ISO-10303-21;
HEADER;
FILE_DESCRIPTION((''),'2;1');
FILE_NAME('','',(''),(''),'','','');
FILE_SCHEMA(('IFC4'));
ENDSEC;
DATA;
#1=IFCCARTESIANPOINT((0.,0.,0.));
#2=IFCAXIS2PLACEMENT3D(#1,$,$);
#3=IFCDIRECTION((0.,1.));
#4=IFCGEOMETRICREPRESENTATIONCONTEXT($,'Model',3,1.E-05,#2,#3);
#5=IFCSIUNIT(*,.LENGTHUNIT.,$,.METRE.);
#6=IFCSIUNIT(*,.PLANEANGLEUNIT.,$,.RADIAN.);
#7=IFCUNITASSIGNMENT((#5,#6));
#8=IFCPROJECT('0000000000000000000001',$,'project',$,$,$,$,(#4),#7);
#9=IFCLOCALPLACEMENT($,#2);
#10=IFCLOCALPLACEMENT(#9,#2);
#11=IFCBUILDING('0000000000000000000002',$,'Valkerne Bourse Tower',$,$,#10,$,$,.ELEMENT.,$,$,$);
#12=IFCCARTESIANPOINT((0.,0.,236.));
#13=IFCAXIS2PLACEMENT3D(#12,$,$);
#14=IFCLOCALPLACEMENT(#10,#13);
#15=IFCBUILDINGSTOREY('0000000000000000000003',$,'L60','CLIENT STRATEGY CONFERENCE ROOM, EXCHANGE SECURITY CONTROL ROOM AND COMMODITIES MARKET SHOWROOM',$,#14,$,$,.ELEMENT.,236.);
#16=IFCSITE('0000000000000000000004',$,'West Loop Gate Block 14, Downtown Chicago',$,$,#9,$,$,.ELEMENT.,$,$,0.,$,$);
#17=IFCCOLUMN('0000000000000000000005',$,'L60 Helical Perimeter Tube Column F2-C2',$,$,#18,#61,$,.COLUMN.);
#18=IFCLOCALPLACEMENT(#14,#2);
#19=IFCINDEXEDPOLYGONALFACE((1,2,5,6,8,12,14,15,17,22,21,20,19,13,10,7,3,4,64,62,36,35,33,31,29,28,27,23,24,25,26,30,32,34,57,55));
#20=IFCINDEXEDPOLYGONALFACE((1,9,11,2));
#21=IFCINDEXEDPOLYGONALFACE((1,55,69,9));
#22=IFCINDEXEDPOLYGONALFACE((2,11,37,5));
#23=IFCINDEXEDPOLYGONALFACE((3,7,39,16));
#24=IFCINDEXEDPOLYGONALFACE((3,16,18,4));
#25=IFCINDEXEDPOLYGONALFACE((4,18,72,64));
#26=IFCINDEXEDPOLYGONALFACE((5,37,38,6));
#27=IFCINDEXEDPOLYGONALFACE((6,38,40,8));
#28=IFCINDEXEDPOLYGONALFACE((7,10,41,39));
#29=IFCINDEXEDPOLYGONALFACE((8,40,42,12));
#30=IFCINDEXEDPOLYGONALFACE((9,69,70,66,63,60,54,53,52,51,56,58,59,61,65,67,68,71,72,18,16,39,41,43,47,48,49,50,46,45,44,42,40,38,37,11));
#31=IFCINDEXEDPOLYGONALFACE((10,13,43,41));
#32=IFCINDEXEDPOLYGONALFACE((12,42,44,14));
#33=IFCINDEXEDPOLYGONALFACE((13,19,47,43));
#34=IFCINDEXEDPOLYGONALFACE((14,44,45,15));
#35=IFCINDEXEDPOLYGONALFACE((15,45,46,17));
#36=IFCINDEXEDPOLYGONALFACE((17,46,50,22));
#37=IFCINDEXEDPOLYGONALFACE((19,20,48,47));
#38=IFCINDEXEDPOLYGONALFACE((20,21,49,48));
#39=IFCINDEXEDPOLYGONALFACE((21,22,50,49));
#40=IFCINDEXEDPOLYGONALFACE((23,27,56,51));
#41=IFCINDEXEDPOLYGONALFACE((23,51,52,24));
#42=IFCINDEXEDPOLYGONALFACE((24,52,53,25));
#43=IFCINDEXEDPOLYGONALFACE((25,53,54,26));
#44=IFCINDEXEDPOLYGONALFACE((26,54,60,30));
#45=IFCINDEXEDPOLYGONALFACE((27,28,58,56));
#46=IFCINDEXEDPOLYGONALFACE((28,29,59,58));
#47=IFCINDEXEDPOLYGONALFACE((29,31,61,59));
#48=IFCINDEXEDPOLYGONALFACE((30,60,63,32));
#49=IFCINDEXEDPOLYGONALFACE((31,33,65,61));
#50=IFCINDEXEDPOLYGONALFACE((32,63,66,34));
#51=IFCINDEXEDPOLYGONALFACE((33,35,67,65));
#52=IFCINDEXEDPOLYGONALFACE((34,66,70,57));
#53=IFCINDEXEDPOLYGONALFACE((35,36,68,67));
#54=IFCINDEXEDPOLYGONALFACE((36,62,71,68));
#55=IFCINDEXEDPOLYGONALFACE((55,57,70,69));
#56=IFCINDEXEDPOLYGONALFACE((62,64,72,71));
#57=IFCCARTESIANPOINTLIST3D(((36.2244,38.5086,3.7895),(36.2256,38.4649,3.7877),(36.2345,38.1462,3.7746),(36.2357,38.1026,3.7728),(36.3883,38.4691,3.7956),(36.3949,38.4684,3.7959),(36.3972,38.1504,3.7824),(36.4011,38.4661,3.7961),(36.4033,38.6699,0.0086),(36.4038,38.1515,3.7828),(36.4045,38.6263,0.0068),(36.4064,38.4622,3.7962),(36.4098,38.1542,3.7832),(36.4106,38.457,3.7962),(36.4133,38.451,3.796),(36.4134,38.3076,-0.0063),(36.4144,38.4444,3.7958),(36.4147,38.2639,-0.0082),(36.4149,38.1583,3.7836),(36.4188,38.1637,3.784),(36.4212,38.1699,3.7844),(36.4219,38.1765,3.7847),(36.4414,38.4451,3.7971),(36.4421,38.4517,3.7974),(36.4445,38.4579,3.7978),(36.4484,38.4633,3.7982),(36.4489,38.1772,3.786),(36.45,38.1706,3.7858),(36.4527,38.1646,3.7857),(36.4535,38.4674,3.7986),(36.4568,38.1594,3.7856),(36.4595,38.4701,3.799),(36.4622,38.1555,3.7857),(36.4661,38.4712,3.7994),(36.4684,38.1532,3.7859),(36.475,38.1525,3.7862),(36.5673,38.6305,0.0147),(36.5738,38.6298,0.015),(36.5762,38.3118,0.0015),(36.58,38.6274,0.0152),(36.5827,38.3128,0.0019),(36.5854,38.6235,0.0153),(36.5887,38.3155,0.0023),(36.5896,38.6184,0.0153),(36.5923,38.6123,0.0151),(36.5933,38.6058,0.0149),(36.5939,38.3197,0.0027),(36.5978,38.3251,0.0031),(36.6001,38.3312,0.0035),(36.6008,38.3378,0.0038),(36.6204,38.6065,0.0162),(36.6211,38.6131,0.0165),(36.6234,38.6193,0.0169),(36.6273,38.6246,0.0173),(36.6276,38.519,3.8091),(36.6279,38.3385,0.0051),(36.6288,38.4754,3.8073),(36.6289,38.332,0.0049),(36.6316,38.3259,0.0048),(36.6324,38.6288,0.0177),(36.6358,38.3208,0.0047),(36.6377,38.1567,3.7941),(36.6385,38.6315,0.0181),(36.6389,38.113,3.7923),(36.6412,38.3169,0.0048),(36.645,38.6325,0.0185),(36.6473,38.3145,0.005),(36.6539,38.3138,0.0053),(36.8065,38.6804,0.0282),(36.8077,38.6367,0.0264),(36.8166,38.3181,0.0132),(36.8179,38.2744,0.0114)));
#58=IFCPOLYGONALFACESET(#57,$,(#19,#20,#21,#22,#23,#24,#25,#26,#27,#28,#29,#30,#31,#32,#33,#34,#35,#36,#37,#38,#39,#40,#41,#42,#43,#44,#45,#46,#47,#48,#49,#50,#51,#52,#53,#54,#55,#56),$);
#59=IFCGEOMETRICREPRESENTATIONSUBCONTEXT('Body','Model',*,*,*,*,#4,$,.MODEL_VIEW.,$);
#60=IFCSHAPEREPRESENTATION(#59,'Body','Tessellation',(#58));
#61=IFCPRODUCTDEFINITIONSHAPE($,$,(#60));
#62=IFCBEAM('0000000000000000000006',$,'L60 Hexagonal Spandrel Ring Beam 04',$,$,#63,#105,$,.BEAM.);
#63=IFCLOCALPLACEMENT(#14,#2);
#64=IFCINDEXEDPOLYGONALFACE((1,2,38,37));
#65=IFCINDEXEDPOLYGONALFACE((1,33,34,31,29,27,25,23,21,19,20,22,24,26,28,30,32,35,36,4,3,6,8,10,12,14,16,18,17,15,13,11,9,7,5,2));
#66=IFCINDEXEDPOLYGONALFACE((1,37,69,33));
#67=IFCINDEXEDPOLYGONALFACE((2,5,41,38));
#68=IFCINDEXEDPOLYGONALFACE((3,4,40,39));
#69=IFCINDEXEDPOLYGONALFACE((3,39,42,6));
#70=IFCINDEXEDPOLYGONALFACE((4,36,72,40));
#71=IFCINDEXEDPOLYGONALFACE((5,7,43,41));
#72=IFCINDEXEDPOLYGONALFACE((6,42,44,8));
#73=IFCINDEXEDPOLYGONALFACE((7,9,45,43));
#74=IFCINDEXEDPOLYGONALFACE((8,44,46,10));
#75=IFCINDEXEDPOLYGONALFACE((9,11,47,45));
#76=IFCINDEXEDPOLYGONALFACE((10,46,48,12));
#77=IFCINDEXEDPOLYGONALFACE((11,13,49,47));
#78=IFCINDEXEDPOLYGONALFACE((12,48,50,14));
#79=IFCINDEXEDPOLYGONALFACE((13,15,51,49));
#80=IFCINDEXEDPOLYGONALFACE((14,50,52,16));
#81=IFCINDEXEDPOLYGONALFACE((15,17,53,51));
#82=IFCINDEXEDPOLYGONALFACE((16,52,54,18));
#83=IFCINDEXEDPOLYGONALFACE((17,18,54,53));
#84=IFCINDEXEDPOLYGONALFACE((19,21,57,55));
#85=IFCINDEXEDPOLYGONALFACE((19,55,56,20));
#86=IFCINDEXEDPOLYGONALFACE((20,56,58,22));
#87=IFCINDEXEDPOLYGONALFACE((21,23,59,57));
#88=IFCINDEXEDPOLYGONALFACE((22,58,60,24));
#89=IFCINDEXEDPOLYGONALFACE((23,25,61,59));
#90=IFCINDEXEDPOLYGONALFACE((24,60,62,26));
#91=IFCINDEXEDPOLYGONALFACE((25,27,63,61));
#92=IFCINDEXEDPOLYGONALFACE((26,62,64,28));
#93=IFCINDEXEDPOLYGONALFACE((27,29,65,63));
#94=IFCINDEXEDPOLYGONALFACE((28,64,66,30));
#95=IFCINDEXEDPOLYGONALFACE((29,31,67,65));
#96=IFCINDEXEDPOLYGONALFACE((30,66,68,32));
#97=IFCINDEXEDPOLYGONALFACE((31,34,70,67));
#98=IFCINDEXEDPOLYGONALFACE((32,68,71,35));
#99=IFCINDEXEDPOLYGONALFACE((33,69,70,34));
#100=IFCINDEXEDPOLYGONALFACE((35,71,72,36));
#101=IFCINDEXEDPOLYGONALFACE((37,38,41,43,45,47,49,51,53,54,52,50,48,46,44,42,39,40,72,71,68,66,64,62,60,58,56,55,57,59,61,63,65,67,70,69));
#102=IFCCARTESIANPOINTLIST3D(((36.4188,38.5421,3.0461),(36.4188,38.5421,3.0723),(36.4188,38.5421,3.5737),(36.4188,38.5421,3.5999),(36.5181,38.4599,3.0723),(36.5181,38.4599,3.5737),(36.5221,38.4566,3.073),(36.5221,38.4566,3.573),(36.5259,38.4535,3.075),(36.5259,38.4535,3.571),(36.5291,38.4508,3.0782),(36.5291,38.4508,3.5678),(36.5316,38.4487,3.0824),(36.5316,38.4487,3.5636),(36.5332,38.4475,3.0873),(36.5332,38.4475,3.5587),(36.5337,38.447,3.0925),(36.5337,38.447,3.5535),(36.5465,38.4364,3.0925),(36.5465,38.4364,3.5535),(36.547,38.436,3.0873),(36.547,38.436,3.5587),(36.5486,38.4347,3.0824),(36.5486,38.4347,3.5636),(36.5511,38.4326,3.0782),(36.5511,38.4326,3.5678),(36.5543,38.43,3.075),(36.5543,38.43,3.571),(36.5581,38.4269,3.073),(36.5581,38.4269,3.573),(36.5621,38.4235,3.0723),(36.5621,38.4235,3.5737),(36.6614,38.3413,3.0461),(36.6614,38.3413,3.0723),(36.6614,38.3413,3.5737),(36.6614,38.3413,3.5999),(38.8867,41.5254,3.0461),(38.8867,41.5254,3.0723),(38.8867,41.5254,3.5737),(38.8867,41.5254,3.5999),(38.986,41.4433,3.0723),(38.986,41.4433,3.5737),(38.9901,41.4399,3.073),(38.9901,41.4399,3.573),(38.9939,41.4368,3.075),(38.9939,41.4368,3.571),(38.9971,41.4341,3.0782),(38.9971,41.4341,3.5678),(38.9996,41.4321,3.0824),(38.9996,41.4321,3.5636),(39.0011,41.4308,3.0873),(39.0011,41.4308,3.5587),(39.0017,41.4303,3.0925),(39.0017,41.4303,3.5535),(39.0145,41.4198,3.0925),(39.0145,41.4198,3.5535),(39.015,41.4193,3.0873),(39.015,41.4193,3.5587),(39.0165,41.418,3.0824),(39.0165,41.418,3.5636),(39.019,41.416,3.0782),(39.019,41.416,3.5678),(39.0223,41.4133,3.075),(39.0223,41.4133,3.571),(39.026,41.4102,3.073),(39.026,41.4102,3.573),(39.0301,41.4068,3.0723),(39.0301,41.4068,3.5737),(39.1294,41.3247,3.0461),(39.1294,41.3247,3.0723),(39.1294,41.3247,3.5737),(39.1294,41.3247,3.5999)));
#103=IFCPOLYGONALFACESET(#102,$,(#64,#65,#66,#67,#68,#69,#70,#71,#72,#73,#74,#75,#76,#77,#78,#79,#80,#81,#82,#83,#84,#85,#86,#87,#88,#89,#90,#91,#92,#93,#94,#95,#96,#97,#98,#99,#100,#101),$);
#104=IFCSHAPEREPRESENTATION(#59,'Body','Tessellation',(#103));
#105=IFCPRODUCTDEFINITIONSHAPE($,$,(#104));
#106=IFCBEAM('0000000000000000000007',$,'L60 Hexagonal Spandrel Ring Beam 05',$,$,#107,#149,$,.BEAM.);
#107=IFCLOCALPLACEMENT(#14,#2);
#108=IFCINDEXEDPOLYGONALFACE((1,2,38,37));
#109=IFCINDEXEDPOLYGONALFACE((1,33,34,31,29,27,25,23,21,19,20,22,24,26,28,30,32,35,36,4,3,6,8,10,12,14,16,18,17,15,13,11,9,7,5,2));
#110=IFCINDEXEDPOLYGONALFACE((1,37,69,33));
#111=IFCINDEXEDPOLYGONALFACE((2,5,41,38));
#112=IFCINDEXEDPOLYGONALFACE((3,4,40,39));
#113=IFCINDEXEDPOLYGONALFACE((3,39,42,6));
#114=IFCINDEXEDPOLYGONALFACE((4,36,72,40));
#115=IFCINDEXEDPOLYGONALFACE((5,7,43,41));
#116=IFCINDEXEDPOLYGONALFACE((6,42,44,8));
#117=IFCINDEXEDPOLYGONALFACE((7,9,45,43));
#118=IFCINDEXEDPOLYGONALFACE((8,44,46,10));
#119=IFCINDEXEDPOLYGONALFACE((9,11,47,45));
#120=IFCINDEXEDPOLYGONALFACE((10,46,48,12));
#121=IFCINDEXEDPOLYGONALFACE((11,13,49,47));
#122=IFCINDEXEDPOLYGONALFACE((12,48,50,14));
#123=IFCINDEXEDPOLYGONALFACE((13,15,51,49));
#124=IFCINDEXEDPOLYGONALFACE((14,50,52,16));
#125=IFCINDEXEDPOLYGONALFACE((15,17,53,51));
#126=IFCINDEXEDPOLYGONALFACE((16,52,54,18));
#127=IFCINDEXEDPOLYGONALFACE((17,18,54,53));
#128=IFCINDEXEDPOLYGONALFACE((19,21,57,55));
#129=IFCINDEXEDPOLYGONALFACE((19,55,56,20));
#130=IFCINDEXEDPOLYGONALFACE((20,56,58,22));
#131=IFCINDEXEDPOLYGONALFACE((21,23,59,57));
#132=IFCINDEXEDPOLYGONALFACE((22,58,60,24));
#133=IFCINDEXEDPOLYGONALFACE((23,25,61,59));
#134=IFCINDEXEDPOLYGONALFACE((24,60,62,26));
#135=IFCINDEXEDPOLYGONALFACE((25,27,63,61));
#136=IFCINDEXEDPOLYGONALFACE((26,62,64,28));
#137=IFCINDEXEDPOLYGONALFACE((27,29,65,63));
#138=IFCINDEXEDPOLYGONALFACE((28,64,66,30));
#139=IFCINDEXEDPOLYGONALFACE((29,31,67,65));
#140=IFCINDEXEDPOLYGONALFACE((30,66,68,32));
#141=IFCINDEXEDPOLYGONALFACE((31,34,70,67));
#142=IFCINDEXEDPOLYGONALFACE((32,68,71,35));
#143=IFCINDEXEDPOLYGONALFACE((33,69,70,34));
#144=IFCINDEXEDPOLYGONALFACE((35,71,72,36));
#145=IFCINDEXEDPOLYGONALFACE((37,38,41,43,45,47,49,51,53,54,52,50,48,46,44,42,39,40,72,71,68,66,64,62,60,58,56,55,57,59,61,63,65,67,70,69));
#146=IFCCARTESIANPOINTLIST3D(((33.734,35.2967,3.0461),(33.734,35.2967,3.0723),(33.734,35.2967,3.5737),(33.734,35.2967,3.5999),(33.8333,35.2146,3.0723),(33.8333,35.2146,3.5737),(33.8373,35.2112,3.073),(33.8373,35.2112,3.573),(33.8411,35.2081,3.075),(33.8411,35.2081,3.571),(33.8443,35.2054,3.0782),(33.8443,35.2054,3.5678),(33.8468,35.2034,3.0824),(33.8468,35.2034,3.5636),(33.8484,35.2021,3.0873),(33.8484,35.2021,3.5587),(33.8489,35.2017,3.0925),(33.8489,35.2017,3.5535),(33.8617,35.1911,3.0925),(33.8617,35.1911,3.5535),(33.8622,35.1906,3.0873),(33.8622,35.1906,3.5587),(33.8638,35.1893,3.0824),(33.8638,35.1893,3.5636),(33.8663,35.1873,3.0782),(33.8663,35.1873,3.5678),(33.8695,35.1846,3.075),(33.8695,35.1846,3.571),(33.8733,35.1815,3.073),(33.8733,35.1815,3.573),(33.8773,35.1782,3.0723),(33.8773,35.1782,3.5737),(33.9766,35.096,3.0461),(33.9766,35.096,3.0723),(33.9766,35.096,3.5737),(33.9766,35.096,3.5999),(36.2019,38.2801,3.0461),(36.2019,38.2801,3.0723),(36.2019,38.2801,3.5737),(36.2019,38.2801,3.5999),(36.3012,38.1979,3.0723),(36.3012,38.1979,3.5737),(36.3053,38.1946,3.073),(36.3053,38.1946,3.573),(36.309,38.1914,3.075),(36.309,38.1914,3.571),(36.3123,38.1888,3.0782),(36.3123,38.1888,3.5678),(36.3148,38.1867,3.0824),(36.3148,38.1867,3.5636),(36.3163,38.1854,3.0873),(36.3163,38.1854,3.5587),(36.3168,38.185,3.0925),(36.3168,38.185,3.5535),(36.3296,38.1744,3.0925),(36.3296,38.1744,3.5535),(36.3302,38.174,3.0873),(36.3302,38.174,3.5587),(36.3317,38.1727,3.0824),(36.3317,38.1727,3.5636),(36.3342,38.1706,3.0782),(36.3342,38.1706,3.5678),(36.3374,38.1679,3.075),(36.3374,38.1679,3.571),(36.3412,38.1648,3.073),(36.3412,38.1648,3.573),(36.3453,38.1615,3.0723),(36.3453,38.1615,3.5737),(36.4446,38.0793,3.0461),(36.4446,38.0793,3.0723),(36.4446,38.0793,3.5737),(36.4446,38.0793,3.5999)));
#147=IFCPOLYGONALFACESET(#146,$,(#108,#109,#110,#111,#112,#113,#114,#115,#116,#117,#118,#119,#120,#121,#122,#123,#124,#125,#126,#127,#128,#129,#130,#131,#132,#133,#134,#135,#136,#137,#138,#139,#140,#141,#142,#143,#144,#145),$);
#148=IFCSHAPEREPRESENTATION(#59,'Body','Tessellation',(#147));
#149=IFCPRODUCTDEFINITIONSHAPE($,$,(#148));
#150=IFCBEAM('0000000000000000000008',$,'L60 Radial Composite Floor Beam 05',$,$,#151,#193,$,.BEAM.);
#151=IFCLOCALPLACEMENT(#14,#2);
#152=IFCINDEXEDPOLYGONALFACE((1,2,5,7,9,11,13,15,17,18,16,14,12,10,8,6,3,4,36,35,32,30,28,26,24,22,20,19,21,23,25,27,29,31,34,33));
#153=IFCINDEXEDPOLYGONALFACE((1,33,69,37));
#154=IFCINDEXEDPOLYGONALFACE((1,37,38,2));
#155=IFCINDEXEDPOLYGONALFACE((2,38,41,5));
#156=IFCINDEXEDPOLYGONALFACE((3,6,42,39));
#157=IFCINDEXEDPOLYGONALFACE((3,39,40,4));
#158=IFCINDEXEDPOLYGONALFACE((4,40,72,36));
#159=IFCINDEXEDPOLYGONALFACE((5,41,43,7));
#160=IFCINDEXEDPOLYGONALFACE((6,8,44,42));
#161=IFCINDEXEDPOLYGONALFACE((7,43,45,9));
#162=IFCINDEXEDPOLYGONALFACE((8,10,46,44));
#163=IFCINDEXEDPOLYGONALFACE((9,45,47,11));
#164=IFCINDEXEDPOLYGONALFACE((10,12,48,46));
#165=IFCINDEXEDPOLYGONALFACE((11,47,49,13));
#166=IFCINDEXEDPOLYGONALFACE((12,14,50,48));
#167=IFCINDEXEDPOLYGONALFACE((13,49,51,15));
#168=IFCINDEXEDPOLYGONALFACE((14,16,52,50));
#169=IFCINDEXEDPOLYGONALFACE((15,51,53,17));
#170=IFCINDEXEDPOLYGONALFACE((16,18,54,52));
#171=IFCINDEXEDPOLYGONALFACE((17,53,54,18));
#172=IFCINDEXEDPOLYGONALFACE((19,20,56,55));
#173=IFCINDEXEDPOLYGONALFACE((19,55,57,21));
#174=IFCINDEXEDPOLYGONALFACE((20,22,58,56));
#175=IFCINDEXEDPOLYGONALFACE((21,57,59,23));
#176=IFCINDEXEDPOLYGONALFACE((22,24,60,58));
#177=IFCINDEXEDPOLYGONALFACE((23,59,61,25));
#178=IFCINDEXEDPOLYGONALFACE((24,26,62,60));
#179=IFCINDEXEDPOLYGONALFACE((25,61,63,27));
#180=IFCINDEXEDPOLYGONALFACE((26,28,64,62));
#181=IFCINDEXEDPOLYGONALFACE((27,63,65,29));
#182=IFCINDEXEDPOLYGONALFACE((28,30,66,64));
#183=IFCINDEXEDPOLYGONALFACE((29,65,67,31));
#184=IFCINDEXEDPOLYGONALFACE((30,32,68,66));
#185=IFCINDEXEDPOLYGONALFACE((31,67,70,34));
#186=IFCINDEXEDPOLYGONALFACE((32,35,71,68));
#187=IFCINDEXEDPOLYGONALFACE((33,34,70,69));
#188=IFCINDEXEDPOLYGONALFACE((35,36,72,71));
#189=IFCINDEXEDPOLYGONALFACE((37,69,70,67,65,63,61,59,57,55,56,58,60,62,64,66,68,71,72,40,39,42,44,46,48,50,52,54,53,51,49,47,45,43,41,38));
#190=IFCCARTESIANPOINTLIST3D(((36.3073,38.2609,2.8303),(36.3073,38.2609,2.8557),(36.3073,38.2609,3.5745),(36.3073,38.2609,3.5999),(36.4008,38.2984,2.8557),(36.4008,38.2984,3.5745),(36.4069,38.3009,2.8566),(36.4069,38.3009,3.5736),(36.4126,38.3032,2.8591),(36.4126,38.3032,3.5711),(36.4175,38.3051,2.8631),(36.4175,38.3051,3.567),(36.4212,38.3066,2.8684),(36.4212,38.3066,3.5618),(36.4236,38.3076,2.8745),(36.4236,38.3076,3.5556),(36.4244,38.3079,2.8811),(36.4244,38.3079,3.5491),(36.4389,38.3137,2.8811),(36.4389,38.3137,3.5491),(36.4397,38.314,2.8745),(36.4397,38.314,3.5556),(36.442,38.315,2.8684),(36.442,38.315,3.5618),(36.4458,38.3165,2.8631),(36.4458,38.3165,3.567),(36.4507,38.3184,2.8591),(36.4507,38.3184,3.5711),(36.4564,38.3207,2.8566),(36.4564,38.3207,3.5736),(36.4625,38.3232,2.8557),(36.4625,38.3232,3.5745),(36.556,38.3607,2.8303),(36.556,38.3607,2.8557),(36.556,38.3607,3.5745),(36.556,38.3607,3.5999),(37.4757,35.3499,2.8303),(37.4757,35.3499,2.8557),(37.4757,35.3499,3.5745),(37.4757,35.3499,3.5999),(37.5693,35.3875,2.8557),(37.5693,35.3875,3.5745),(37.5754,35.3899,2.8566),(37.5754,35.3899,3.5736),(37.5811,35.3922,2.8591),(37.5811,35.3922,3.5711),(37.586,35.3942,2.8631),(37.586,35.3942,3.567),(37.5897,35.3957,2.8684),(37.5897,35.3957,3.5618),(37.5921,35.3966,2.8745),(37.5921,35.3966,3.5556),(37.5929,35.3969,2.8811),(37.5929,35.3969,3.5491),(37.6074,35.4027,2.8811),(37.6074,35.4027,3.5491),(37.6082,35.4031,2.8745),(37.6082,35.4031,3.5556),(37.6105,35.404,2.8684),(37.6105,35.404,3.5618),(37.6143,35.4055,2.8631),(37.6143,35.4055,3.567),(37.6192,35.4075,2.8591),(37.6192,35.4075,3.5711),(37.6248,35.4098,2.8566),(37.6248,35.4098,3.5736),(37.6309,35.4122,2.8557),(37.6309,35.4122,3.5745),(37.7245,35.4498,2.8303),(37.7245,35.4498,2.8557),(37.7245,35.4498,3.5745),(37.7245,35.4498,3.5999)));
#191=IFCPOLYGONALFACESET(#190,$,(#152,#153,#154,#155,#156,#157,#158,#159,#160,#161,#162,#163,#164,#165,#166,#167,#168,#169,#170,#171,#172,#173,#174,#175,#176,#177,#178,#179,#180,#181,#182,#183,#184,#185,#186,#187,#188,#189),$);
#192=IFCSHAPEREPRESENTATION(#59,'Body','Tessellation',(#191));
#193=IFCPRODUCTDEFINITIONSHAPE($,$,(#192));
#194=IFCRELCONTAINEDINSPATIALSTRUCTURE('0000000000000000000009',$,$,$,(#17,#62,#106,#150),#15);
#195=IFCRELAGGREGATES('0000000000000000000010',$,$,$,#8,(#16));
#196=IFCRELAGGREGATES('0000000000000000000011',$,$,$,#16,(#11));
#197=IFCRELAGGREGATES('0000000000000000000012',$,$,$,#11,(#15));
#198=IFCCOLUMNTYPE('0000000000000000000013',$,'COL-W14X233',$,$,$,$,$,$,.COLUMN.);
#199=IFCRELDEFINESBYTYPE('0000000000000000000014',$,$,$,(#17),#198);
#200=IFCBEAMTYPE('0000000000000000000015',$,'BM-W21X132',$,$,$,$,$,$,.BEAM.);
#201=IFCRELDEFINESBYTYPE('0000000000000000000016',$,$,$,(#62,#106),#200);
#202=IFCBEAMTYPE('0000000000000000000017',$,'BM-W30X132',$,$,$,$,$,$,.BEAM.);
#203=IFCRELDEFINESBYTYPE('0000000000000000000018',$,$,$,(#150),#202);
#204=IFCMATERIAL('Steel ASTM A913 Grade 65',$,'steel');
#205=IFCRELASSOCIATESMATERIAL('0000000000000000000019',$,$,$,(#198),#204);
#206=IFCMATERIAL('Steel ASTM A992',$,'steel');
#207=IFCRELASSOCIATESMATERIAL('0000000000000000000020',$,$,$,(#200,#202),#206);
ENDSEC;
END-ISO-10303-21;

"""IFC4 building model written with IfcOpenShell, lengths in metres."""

from ifc_helpers import new_model, si_unit, direction, frame, origin, origin_2d, place, context, subcontext, project, spatial, i_section, extrude, material, material_profile, profile_set, type_object, element, save


model = new_model("IFC4")

# Units and contexts
model_context = context("Model", 3, precision=1e-05, world=origin(), true_north=direction((0.0, 1.0)))
body_context = subcontext(model_context, "Body", "Model", "MODEL_VIEW")
ifc_project = project(units=[si_unit("LENGTHUNIT", "METRE"), si_unit("PLANEANGLEUNIT", "RADIAN")], contexts=[model_context])

# Site, building, storey
site_placement = place(None, origin())
site = spatial("IfcSite", under=ifc_project, at=site_placement, Name="West Loop Gate Block 14, Downtown Chicago", CompositionType="ELEMENT", RefElevation=0.0)
building_placement = place(site_placement, origin())
building = spatial("IfcBuilding", under=site, at=building_placement, Name="Valkerne Bourse Tower", CompositionType="ELEMENT")
storey_placement = place(building_placement, frame((0.0, 0.0, 236.0)))
storey = spatial("IfcBuildingStorey", under=building, at=storey_placement, Name="L60", Description="CLIENT STRATEGY CONFERENCE ROOM, EXCHANGE SECURITY CONTROL ROOM AND COMMODITIES MARKET SHOWROOM", CompositionType="ELEMENT", Elevation=236.0)

# Column
ifc_material_1 = material(Name="Steel ASTM A913 Grade 65", Category="steel")
ifc_material_profile_1 = material_profile(ifc_material_1, i_section(OverallWidth=0.4038, OverallDepth=0.4065, WebThickness=0.0271, FlangeThickness=0.0437, FilletRadius=0.0254, at=origin_2d()), Name="W14X233")
ifc_profile_set_1 = profile_set([ifc_material_profile_1], Name="Steel ASTM A913 Grade 65")
column_type = type_object("IfcColumnType", Name="COL-W14X233", PredefinedType="COLUMN", material=ifc_profile_set_1)
column_placement = place(storey_placement, frame((36.6106, 38.4722, 0.01), z_axis=(-0.047234, -0.042595, 0.997975), x_axis=(-0.998494, -0.025901, -0.048364)))
element("IfcColumn", 1, at=column_placement, inside=storey, type_object=column_type, Name="L60 Helical Perimeter Tube Column F2-C2", PredefinedType="COLUMN", context=body_context, shape_type="SweptSolid", body=[
    extrude(i_section(OverallWidth=0.4038, OverallDepth=0.4065, WebThickness=0.0271, FlangeThickness=0.0437, FilletRadius=0.0254, at=origin_2d()), origin(), (0.0, 0.0, 1.0), 3.7886),
])

# Beams
ifc_material_2 = material(Name="Steel ASTM A992", Category="steel")
ifc_material_profile_2 = material_profile(ifc_material_2, i_section(OverallWidth=0.3149, OverallDepth=0.5537, WebThickness=0.0166, FlangeThickness=0.0261, FilletRadius=0.0203, at=origin_2d()), Name="W21X132")
ifc_profile_set_2 = profile_set([ifc_material_profile_2], Name="Steel ASTM A992")
beam_type_1 = type_object("IfcBeamType", Name="BM-W21X132", PredefinedType="BEAM", material=ifc_profile_set_2)
for number, where, z_axis, x_axis, name in (
    (2, (39.0081, 41.425, 3.323), (-0.637414, -0.770521, 0.0), (0.770521, -0.637414, 0.0), "L60 Hexagonal Spandrel Ring Beam 04"),
    (3, (36.3232, 38.1797, 3.323), (-0.637414, -0.770521, 0.0), (0.770521, -0.637414, 0.0), "L60 Hexagonal Spandrel Ring Beam 05"),
):
    element("IfcBeam", number, at=place(storey_placement, frame(where, z_axis=z_axis, x_axis=x_axis)), inside=storey, type_object=beam_type_1, Name=name, PredefinedType="BEAM", context=body_context, shape_type="SweptSolid", body=[
        extrude(i_section(OverallWidth=0.3149, OverallDepth=0.5537, WebThickness=0.0166, FlangeThickness=0.0261, FilletRadius=0.0203, at=origin_2d()), origin(), (0.0, 0.0, 1.0), 3.8718),
    ])
ifc_material_profile_3 = material_profile(ifc_material_2, i_section(OverallWidth=0.2681, OverallDepth=0.7695, WebThickness=0.0156, FlangeThickness=0.0254, FilletRadius=0.0254, at=origin_2d()), Name="W30X132")
ifc_profile_set_3 = profile_set([ifc_material_profile_3], Name="Steel ASTM A992")
beam_type_2 = type_object("IfcBeamType", Name="BM-W30X132", PredefinedType="BEAM", material=ifc_profile_set_3)
beam_1_placement = place(storey_placement, frame((36.4316, 38.3108, 3.2151), z_axis=(0.372518, -0.928025, 0.0), x_axis=(0.928025, 0.372518, 0.0)))
element("IfcBeam", 4, at=beam_1_placement, inside=storey, type_object=beam_type_2, Name="L60 Radial Composite Floor Beam 05", PredefinedType="BEAM", context=body_context, shape_type="SweptSolid", body=[
    extrude(i_section(OverallWidth=0.2681, OverallDepth=0.7695, WebThickness=0.0156, FlangeThickness=0.0254, FilletRadius=0.0254, at=origin_2d()), origin(), (0.0, 0.0, 1.0), 3.1367),
])

save(model, "model.ifc")
